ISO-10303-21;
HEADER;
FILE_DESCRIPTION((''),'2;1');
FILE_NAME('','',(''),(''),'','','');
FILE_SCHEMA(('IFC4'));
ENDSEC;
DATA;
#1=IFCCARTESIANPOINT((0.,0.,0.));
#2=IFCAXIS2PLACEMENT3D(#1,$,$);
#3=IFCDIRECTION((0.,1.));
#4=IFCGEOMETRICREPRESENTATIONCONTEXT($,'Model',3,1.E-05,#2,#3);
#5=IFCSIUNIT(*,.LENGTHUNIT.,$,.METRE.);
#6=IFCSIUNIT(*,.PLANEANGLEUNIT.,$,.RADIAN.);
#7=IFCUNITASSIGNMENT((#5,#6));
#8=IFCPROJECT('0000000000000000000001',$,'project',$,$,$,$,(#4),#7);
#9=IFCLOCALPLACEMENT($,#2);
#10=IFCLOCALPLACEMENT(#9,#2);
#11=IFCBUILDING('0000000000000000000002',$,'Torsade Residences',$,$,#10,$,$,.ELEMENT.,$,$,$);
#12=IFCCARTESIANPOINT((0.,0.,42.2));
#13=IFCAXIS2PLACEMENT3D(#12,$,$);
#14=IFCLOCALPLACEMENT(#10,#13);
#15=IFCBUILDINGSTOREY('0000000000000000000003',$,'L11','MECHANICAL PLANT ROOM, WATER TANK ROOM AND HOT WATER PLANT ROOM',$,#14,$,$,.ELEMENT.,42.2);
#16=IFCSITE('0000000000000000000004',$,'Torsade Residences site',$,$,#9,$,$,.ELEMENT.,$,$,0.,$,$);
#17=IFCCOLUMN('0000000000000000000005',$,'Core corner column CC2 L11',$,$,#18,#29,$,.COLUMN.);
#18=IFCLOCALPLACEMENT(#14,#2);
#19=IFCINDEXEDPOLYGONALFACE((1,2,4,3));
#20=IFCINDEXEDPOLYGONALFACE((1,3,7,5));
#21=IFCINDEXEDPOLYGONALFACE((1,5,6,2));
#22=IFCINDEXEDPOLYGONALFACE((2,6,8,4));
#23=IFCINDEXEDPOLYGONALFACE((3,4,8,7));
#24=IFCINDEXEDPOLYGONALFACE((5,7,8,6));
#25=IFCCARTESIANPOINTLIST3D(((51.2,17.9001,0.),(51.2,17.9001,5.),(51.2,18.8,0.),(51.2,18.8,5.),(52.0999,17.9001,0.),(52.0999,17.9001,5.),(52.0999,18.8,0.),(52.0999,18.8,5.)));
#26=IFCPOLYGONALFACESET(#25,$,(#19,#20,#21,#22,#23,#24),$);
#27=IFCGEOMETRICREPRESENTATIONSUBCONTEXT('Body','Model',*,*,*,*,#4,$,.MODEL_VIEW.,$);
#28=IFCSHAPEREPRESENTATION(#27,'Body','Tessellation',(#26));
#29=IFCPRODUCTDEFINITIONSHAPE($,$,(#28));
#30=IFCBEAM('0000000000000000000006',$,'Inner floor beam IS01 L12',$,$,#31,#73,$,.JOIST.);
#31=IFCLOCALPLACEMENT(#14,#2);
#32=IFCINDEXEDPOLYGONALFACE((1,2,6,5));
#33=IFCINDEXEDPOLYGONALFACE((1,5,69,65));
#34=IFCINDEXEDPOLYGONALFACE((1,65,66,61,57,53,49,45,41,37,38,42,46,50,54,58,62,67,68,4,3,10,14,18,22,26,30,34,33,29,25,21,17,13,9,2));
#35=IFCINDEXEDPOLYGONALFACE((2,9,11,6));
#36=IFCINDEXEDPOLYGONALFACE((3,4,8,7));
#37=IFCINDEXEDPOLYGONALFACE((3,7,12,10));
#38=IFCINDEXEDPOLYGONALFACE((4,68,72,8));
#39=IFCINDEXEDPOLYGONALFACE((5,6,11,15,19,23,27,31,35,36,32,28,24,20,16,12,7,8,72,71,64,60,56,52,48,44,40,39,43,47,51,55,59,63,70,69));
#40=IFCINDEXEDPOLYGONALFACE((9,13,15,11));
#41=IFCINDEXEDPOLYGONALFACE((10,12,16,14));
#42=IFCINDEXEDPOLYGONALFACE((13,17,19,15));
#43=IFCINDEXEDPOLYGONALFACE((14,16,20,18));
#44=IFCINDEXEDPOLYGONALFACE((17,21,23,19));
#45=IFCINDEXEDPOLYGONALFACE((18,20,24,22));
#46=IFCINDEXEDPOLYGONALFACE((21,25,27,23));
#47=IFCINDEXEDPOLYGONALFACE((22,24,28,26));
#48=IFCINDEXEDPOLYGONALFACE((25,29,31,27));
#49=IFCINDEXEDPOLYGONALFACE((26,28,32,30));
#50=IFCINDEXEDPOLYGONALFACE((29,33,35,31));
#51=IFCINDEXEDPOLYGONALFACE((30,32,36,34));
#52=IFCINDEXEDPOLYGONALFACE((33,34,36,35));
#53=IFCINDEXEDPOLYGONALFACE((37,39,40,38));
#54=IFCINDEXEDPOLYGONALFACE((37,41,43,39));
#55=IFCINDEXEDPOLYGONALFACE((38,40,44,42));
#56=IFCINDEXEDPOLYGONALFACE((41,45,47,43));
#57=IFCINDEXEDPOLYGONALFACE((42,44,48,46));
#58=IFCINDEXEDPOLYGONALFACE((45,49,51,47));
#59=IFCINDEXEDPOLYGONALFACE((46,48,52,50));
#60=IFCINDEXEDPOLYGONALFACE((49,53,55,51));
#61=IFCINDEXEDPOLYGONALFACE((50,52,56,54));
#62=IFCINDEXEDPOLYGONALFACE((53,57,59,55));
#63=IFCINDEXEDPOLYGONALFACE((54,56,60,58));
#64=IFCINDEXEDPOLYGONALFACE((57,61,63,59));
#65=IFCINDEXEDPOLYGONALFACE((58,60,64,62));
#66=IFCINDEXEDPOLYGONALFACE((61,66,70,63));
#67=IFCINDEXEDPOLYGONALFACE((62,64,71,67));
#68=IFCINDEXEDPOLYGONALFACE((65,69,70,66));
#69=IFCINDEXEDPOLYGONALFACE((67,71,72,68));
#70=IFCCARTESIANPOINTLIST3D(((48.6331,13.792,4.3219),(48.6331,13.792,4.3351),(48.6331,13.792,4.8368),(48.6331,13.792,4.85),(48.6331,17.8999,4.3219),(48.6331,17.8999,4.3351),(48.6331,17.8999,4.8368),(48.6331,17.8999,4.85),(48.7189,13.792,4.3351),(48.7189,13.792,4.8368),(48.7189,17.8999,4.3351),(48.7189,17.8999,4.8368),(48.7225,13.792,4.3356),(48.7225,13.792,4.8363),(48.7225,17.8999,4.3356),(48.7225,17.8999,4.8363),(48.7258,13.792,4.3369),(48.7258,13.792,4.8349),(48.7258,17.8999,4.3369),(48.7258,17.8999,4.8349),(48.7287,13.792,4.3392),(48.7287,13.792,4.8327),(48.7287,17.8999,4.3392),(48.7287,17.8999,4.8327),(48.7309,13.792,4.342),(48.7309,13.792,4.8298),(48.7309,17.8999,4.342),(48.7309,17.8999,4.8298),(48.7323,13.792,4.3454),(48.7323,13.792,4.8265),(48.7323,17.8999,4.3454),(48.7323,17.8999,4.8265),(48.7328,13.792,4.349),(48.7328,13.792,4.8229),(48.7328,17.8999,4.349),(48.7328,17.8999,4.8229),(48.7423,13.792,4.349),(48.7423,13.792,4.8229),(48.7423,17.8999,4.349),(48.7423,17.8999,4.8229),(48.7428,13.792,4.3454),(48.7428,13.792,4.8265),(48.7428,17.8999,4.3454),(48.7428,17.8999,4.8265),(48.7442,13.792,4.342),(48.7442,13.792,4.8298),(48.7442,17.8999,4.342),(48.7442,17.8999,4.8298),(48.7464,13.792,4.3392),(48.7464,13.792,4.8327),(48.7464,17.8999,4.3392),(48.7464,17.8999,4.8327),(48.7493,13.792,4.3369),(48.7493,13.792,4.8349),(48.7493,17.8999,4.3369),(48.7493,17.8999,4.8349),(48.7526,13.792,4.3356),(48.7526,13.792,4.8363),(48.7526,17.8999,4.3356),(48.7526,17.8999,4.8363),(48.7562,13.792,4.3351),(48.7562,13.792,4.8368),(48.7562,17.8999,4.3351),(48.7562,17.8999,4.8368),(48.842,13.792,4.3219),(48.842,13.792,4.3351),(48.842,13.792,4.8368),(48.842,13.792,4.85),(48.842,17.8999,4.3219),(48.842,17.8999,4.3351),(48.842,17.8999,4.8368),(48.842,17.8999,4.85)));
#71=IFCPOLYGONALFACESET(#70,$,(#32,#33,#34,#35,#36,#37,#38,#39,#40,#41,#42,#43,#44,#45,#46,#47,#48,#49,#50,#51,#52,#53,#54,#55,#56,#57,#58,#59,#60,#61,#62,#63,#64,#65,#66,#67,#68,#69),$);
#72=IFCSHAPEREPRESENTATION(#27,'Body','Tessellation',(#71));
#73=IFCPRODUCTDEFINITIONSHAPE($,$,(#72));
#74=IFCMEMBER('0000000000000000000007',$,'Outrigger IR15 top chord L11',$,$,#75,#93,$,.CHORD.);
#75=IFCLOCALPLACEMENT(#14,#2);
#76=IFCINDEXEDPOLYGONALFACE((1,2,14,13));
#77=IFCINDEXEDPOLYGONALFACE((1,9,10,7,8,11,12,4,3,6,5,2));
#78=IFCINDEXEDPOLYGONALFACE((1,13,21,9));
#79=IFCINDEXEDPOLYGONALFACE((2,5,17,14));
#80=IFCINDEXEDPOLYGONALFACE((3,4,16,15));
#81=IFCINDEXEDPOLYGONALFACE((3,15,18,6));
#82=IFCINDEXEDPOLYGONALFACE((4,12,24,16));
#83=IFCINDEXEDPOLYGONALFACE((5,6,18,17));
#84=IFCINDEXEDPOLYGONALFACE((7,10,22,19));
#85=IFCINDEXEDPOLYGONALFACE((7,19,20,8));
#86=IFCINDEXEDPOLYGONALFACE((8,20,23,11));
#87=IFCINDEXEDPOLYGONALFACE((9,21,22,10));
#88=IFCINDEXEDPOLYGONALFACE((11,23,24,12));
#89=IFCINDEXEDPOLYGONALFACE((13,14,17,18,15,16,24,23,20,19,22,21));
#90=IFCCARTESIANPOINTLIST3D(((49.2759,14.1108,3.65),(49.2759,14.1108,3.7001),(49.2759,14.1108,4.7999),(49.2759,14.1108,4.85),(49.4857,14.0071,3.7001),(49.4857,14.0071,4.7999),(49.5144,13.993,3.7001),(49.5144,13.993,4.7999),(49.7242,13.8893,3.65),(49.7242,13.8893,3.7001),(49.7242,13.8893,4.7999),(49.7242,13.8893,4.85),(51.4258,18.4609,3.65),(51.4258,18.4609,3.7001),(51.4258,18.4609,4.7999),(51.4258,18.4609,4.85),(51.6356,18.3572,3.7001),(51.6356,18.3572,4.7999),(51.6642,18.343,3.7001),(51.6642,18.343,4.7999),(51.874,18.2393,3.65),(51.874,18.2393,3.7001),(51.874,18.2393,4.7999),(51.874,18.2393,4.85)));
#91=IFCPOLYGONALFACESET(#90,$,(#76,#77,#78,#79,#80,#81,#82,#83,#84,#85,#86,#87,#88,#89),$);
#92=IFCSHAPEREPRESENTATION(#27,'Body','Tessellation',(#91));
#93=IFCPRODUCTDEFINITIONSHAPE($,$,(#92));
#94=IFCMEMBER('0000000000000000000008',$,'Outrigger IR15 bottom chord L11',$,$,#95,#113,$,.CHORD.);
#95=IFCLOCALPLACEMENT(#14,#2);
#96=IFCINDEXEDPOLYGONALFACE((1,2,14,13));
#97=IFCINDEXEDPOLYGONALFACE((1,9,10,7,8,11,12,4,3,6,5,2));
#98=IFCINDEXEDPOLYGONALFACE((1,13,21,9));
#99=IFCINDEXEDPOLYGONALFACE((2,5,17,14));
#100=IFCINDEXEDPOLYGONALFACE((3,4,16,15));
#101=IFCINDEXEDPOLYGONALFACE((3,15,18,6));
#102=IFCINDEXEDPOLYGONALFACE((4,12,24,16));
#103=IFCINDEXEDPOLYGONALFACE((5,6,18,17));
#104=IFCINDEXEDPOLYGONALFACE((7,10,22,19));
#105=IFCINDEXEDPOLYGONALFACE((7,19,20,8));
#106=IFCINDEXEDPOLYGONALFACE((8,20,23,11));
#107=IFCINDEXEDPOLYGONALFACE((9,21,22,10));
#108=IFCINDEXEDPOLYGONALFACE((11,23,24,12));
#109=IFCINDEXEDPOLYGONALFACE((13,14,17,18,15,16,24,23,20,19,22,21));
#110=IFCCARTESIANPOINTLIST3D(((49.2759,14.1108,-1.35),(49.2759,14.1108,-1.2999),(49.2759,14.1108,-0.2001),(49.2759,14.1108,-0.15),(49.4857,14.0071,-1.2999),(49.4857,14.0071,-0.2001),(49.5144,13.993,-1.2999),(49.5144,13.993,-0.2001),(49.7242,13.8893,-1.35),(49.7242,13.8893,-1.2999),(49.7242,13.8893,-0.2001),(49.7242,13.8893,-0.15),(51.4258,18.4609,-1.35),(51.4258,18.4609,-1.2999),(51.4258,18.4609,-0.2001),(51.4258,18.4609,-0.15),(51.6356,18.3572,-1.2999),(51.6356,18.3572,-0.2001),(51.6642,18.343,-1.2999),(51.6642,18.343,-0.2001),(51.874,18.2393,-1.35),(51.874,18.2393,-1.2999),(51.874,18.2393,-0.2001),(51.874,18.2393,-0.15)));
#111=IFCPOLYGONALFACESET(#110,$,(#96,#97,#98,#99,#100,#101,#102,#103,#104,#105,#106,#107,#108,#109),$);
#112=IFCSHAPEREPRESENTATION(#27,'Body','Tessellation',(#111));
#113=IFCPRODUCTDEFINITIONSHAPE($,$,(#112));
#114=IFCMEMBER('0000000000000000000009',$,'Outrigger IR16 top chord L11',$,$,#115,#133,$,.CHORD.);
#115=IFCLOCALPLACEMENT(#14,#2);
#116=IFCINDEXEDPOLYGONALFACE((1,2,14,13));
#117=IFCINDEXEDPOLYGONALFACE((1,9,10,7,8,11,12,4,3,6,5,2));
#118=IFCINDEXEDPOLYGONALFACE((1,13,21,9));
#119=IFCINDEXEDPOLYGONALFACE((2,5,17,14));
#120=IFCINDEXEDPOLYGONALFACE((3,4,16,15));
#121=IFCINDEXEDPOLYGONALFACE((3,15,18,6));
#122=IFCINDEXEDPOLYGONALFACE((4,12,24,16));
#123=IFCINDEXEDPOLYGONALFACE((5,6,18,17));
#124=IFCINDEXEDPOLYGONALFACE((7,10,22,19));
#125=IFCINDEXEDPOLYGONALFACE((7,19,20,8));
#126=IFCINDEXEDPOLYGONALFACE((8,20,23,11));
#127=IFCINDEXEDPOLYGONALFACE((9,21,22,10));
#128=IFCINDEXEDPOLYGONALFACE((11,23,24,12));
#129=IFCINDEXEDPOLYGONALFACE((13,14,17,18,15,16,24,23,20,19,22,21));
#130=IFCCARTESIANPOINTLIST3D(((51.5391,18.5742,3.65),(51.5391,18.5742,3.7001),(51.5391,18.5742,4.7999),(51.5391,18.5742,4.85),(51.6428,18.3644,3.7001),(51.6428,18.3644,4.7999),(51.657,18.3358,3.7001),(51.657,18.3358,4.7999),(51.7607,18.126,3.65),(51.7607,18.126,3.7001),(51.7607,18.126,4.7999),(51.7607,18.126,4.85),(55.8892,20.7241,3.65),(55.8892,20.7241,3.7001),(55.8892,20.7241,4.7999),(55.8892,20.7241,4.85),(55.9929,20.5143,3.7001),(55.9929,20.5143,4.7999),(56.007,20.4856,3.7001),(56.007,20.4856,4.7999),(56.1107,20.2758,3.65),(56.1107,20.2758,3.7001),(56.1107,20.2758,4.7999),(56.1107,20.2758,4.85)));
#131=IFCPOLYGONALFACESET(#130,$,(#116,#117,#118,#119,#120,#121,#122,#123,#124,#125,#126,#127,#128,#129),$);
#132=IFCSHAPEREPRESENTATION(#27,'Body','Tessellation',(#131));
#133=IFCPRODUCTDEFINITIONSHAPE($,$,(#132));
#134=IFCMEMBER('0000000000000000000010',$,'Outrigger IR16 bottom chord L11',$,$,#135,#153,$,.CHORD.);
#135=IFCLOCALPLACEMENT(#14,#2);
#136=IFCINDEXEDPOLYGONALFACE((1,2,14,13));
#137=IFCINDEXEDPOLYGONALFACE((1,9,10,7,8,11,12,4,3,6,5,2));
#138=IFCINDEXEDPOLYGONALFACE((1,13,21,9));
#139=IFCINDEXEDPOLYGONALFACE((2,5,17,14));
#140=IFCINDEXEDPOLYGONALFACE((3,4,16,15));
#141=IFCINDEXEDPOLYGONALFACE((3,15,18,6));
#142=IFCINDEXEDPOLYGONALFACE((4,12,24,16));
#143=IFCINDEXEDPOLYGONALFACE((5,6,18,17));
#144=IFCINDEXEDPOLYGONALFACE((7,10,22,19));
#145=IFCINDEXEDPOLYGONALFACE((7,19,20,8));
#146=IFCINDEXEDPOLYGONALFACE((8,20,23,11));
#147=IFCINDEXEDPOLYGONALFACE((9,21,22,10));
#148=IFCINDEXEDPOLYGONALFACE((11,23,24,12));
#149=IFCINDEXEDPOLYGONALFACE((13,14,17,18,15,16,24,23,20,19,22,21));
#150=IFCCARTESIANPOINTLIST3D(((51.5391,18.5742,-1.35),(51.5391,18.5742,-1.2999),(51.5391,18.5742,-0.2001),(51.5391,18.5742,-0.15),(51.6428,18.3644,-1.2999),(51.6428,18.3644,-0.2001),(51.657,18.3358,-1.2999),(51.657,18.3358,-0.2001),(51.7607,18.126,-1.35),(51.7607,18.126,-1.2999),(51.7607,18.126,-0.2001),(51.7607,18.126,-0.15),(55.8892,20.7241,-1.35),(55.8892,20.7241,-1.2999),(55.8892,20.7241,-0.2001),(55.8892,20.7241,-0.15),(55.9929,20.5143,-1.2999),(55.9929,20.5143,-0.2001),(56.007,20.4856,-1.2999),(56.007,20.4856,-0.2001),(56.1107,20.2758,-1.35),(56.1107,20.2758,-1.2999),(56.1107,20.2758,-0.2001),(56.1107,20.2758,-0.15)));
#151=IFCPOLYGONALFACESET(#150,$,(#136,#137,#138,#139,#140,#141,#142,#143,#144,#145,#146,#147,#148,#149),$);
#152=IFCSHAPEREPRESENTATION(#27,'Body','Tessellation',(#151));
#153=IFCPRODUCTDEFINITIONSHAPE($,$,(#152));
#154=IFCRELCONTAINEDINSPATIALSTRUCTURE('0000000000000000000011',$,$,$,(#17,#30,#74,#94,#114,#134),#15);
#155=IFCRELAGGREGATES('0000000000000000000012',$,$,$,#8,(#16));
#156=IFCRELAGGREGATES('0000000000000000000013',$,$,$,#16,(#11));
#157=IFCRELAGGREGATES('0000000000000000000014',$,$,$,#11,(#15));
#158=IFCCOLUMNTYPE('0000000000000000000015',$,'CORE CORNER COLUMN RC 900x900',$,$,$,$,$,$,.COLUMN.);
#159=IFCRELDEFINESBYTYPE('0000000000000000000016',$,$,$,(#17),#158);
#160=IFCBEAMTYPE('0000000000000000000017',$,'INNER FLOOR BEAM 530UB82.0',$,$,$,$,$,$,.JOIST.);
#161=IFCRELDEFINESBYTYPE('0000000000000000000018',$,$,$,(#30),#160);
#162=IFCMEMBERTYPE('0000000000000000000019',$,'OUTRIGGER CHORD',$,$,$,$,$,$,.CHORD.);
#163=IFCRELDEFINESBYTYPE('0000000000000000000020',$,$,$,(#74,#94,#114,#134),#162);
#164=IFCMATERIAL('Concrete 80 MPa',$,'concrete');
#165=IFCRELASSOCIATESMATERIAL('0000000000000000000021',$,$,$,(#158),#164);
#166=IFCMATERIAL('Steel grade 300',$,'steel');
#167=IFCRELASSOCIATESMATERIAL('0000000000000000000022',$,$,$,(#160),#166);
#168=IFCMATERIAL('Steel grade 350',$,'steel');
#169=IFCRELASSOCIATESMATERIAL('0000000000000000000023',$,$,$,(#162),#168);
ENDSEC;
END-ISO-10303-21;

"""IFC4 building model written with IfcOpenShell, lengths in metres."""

from ifc_helpers import new_model, si_unit, direction, frame, origin, origin_2d, place, context, subcontext, project, spatial, rectangle, i_section, extrude, material, material_profile, profile_set, type_object, element, save


model = new_model("IFC4")

# Units and contexts
model_context = context("Model", 3, precision=1e-05, world=origin(), true_north=direction((0.0, 1.0)))
body_context = subcontext(model_context, "Body", "Model", "MODEL_VIEW")
ifc_project = project(units=[si_unit("LENGTHUNIT", "METRE"), si_unit("PLANEANGLEUNIT", "RADIAN")], contexts=[model_context])

# Site, building, storey
site_placement = place(None, origin())
site = spatial("IfcSite", under=ifc_project, at=site_placement, Name="Torsade Residences site", CompositionType="ELEMENT", RefElevation=0.0)
building_placement = place(site_placement, origin())
building = spatial("IfcBuilding", under=site, at=building_placement, Name="Torsade Residences", CompositionType="ELEMENT")
storey_placement = place(building_placement, frame((0.0, 0.0, 42.2)))
storey = spatial("IfcBuildingStorey", under=building, at=storey_placement, Name="L11", Description="MECHANICAL PLANT ROOM, WATER TANK ROOM AND HOT WATER PLANT ROOM", CompositionType="ELEMENT", Elevation=42.2)

# Column
ifc_material_1 = material(Name="Concrete 80 MPa", Category="concrete")
ifc_material_profile_1 = material_profile(ifc_material_1, rectangle(XDim=0.8999, YDim=0.8999, at=origin_2d()), Name="RC 900x900")
ifc_profile_set_1 = profile_set([ifc_material_profile_1], Name="Concrete 80 MPa")
column_type = type_object("IfcColumnType", Name="CORE CORNER COLUMN RC 900x900", PredefinedType="COLUMN", material=ifc_profile_set_1)
column_placement = place(storey_placement, frame((51.6499, 18.3501, 0.0), z_axis=(0.0, 0.0, 1.0), x_axis=(1.0, 0.0, 0.0)))
element("IfcColumn", 1, at=column_placement, inside=storey, type_object=column_type, Name="Core corner column CC2 L11", PredefinedType="COLUMN", context=body_context, shape_type="SweptSolid", body=[
    extrude(rectangle(XDim=0.8999, YDim=0.8999, at=origin_2d()), origin(), (0.0, 0.0, 1.0), 5.0),
])

# Beam
ifc_material_2 = material(Name="Steel grade 300", Category="steel")
ifc_material_profile_2 = material_profile(ifc_material_2, i_section(OverallWidth=0.209, OverallDepth=0.5281, WebThickness=0.0095, FlangeThickness=0.0132, FilletRadius=0.0139, at=origin_2d()), Name="530UB82.0")
ifc_profile_set_2 = profile_set([ifc_material_profile_2], Name="Steel grade 300")
beam_type = type_object("IfcBeamType", Name="INNER FLOOR BEAM 530UB82.0", PredefinedType="JOIST", material=ifc_profile_set_2)
beam_placement = place(storey_placement, frame((48.7375, 17.8999, 4.5859), z_axis=(0.0, -1.0, 0.0), x_axis=(1.0, 0.0, 0.0)))
element("IfcBeam", 2, at=beam_placement, inside=storey, type_object=beam_type, Name="Inner floor beam IS01 L12", PredefinedType="JOIST", context=body_context, shape_type="SweptSolid", body=[
    extrude(i_section(OverallWidth=0.209, OverallDepth=0.5281, WebThickness=0.0095, FlangeThickness=0.0132, FilletRadius=0.0139, at=origin_2d()), origin(), (0.0, 0.0, 1.0), 4.1079),
])

# Members
ifc_material_3 = material(Name="Steel grade 350", Category="steel")
ifc_material_profile_3 = material_profile(ifc_material_3, i_section(OverallWidth=0.5, OverallDepth=1.2, WebThickness=0.032, FlangeThickness=0.05, at=origin_2d()), Name="1200x500x50x32WPG")
ifc_profile_set_3 = profile_set([ifc_material_profile_3], Name="Steel grade 350")
member_type_1 = type_object("IfcMemberType", Name="OUTRIGGER CHORD", PredefinedType="CHORD", material=ifc_profile_set_3)
for number, where, z_axis, x_axis, name in (
    (3, (51.6499, 18.3501, 4.25), (-0.443063, -0.896491, 0.0), (0.896491, -0.443063, 0.0), "Outrigger IR15 top chord L11"),
    (4, (51.6499, 18.3501, -0.75), (-0.443063, -0.896491, 0.0), (0.896491, -0.443063, 0.0), "Outrigger IR15 bottom chord L11"),
    (5, (51.6499, 18.3501, 4.25), (0.896491, 0.443063, 0.0), (-0.443063, 0.896491, 0.0), "Outrigger IR16 top chord L11"),
    (6, (51.6499, 18.3501, -0.75), (0.896491, 0.443063, 0.0), (-0.443063, 0.896491, 0.0), "Outrigger IR16 bottom chord L11"),
):
    element("IfcMember", number, at=place(storey_placement, frame(where, z_axis=z_axis, x_axis=x_axis)), inside=storey, type_object=member_type_1, Name=name, PredefinedType="CHORD", context=body_context, shape_type="SweptSolid", body=[
        extrude(i_section(OverallWidth=0.5, OverallDepth=1.2, WebThickness=0.032, FlangeThickness=0.05, at=origin_2d()), origin(), (0.0, 0.0, 1.0), 4.8523),
    ])

save(model, "model.ifc")
